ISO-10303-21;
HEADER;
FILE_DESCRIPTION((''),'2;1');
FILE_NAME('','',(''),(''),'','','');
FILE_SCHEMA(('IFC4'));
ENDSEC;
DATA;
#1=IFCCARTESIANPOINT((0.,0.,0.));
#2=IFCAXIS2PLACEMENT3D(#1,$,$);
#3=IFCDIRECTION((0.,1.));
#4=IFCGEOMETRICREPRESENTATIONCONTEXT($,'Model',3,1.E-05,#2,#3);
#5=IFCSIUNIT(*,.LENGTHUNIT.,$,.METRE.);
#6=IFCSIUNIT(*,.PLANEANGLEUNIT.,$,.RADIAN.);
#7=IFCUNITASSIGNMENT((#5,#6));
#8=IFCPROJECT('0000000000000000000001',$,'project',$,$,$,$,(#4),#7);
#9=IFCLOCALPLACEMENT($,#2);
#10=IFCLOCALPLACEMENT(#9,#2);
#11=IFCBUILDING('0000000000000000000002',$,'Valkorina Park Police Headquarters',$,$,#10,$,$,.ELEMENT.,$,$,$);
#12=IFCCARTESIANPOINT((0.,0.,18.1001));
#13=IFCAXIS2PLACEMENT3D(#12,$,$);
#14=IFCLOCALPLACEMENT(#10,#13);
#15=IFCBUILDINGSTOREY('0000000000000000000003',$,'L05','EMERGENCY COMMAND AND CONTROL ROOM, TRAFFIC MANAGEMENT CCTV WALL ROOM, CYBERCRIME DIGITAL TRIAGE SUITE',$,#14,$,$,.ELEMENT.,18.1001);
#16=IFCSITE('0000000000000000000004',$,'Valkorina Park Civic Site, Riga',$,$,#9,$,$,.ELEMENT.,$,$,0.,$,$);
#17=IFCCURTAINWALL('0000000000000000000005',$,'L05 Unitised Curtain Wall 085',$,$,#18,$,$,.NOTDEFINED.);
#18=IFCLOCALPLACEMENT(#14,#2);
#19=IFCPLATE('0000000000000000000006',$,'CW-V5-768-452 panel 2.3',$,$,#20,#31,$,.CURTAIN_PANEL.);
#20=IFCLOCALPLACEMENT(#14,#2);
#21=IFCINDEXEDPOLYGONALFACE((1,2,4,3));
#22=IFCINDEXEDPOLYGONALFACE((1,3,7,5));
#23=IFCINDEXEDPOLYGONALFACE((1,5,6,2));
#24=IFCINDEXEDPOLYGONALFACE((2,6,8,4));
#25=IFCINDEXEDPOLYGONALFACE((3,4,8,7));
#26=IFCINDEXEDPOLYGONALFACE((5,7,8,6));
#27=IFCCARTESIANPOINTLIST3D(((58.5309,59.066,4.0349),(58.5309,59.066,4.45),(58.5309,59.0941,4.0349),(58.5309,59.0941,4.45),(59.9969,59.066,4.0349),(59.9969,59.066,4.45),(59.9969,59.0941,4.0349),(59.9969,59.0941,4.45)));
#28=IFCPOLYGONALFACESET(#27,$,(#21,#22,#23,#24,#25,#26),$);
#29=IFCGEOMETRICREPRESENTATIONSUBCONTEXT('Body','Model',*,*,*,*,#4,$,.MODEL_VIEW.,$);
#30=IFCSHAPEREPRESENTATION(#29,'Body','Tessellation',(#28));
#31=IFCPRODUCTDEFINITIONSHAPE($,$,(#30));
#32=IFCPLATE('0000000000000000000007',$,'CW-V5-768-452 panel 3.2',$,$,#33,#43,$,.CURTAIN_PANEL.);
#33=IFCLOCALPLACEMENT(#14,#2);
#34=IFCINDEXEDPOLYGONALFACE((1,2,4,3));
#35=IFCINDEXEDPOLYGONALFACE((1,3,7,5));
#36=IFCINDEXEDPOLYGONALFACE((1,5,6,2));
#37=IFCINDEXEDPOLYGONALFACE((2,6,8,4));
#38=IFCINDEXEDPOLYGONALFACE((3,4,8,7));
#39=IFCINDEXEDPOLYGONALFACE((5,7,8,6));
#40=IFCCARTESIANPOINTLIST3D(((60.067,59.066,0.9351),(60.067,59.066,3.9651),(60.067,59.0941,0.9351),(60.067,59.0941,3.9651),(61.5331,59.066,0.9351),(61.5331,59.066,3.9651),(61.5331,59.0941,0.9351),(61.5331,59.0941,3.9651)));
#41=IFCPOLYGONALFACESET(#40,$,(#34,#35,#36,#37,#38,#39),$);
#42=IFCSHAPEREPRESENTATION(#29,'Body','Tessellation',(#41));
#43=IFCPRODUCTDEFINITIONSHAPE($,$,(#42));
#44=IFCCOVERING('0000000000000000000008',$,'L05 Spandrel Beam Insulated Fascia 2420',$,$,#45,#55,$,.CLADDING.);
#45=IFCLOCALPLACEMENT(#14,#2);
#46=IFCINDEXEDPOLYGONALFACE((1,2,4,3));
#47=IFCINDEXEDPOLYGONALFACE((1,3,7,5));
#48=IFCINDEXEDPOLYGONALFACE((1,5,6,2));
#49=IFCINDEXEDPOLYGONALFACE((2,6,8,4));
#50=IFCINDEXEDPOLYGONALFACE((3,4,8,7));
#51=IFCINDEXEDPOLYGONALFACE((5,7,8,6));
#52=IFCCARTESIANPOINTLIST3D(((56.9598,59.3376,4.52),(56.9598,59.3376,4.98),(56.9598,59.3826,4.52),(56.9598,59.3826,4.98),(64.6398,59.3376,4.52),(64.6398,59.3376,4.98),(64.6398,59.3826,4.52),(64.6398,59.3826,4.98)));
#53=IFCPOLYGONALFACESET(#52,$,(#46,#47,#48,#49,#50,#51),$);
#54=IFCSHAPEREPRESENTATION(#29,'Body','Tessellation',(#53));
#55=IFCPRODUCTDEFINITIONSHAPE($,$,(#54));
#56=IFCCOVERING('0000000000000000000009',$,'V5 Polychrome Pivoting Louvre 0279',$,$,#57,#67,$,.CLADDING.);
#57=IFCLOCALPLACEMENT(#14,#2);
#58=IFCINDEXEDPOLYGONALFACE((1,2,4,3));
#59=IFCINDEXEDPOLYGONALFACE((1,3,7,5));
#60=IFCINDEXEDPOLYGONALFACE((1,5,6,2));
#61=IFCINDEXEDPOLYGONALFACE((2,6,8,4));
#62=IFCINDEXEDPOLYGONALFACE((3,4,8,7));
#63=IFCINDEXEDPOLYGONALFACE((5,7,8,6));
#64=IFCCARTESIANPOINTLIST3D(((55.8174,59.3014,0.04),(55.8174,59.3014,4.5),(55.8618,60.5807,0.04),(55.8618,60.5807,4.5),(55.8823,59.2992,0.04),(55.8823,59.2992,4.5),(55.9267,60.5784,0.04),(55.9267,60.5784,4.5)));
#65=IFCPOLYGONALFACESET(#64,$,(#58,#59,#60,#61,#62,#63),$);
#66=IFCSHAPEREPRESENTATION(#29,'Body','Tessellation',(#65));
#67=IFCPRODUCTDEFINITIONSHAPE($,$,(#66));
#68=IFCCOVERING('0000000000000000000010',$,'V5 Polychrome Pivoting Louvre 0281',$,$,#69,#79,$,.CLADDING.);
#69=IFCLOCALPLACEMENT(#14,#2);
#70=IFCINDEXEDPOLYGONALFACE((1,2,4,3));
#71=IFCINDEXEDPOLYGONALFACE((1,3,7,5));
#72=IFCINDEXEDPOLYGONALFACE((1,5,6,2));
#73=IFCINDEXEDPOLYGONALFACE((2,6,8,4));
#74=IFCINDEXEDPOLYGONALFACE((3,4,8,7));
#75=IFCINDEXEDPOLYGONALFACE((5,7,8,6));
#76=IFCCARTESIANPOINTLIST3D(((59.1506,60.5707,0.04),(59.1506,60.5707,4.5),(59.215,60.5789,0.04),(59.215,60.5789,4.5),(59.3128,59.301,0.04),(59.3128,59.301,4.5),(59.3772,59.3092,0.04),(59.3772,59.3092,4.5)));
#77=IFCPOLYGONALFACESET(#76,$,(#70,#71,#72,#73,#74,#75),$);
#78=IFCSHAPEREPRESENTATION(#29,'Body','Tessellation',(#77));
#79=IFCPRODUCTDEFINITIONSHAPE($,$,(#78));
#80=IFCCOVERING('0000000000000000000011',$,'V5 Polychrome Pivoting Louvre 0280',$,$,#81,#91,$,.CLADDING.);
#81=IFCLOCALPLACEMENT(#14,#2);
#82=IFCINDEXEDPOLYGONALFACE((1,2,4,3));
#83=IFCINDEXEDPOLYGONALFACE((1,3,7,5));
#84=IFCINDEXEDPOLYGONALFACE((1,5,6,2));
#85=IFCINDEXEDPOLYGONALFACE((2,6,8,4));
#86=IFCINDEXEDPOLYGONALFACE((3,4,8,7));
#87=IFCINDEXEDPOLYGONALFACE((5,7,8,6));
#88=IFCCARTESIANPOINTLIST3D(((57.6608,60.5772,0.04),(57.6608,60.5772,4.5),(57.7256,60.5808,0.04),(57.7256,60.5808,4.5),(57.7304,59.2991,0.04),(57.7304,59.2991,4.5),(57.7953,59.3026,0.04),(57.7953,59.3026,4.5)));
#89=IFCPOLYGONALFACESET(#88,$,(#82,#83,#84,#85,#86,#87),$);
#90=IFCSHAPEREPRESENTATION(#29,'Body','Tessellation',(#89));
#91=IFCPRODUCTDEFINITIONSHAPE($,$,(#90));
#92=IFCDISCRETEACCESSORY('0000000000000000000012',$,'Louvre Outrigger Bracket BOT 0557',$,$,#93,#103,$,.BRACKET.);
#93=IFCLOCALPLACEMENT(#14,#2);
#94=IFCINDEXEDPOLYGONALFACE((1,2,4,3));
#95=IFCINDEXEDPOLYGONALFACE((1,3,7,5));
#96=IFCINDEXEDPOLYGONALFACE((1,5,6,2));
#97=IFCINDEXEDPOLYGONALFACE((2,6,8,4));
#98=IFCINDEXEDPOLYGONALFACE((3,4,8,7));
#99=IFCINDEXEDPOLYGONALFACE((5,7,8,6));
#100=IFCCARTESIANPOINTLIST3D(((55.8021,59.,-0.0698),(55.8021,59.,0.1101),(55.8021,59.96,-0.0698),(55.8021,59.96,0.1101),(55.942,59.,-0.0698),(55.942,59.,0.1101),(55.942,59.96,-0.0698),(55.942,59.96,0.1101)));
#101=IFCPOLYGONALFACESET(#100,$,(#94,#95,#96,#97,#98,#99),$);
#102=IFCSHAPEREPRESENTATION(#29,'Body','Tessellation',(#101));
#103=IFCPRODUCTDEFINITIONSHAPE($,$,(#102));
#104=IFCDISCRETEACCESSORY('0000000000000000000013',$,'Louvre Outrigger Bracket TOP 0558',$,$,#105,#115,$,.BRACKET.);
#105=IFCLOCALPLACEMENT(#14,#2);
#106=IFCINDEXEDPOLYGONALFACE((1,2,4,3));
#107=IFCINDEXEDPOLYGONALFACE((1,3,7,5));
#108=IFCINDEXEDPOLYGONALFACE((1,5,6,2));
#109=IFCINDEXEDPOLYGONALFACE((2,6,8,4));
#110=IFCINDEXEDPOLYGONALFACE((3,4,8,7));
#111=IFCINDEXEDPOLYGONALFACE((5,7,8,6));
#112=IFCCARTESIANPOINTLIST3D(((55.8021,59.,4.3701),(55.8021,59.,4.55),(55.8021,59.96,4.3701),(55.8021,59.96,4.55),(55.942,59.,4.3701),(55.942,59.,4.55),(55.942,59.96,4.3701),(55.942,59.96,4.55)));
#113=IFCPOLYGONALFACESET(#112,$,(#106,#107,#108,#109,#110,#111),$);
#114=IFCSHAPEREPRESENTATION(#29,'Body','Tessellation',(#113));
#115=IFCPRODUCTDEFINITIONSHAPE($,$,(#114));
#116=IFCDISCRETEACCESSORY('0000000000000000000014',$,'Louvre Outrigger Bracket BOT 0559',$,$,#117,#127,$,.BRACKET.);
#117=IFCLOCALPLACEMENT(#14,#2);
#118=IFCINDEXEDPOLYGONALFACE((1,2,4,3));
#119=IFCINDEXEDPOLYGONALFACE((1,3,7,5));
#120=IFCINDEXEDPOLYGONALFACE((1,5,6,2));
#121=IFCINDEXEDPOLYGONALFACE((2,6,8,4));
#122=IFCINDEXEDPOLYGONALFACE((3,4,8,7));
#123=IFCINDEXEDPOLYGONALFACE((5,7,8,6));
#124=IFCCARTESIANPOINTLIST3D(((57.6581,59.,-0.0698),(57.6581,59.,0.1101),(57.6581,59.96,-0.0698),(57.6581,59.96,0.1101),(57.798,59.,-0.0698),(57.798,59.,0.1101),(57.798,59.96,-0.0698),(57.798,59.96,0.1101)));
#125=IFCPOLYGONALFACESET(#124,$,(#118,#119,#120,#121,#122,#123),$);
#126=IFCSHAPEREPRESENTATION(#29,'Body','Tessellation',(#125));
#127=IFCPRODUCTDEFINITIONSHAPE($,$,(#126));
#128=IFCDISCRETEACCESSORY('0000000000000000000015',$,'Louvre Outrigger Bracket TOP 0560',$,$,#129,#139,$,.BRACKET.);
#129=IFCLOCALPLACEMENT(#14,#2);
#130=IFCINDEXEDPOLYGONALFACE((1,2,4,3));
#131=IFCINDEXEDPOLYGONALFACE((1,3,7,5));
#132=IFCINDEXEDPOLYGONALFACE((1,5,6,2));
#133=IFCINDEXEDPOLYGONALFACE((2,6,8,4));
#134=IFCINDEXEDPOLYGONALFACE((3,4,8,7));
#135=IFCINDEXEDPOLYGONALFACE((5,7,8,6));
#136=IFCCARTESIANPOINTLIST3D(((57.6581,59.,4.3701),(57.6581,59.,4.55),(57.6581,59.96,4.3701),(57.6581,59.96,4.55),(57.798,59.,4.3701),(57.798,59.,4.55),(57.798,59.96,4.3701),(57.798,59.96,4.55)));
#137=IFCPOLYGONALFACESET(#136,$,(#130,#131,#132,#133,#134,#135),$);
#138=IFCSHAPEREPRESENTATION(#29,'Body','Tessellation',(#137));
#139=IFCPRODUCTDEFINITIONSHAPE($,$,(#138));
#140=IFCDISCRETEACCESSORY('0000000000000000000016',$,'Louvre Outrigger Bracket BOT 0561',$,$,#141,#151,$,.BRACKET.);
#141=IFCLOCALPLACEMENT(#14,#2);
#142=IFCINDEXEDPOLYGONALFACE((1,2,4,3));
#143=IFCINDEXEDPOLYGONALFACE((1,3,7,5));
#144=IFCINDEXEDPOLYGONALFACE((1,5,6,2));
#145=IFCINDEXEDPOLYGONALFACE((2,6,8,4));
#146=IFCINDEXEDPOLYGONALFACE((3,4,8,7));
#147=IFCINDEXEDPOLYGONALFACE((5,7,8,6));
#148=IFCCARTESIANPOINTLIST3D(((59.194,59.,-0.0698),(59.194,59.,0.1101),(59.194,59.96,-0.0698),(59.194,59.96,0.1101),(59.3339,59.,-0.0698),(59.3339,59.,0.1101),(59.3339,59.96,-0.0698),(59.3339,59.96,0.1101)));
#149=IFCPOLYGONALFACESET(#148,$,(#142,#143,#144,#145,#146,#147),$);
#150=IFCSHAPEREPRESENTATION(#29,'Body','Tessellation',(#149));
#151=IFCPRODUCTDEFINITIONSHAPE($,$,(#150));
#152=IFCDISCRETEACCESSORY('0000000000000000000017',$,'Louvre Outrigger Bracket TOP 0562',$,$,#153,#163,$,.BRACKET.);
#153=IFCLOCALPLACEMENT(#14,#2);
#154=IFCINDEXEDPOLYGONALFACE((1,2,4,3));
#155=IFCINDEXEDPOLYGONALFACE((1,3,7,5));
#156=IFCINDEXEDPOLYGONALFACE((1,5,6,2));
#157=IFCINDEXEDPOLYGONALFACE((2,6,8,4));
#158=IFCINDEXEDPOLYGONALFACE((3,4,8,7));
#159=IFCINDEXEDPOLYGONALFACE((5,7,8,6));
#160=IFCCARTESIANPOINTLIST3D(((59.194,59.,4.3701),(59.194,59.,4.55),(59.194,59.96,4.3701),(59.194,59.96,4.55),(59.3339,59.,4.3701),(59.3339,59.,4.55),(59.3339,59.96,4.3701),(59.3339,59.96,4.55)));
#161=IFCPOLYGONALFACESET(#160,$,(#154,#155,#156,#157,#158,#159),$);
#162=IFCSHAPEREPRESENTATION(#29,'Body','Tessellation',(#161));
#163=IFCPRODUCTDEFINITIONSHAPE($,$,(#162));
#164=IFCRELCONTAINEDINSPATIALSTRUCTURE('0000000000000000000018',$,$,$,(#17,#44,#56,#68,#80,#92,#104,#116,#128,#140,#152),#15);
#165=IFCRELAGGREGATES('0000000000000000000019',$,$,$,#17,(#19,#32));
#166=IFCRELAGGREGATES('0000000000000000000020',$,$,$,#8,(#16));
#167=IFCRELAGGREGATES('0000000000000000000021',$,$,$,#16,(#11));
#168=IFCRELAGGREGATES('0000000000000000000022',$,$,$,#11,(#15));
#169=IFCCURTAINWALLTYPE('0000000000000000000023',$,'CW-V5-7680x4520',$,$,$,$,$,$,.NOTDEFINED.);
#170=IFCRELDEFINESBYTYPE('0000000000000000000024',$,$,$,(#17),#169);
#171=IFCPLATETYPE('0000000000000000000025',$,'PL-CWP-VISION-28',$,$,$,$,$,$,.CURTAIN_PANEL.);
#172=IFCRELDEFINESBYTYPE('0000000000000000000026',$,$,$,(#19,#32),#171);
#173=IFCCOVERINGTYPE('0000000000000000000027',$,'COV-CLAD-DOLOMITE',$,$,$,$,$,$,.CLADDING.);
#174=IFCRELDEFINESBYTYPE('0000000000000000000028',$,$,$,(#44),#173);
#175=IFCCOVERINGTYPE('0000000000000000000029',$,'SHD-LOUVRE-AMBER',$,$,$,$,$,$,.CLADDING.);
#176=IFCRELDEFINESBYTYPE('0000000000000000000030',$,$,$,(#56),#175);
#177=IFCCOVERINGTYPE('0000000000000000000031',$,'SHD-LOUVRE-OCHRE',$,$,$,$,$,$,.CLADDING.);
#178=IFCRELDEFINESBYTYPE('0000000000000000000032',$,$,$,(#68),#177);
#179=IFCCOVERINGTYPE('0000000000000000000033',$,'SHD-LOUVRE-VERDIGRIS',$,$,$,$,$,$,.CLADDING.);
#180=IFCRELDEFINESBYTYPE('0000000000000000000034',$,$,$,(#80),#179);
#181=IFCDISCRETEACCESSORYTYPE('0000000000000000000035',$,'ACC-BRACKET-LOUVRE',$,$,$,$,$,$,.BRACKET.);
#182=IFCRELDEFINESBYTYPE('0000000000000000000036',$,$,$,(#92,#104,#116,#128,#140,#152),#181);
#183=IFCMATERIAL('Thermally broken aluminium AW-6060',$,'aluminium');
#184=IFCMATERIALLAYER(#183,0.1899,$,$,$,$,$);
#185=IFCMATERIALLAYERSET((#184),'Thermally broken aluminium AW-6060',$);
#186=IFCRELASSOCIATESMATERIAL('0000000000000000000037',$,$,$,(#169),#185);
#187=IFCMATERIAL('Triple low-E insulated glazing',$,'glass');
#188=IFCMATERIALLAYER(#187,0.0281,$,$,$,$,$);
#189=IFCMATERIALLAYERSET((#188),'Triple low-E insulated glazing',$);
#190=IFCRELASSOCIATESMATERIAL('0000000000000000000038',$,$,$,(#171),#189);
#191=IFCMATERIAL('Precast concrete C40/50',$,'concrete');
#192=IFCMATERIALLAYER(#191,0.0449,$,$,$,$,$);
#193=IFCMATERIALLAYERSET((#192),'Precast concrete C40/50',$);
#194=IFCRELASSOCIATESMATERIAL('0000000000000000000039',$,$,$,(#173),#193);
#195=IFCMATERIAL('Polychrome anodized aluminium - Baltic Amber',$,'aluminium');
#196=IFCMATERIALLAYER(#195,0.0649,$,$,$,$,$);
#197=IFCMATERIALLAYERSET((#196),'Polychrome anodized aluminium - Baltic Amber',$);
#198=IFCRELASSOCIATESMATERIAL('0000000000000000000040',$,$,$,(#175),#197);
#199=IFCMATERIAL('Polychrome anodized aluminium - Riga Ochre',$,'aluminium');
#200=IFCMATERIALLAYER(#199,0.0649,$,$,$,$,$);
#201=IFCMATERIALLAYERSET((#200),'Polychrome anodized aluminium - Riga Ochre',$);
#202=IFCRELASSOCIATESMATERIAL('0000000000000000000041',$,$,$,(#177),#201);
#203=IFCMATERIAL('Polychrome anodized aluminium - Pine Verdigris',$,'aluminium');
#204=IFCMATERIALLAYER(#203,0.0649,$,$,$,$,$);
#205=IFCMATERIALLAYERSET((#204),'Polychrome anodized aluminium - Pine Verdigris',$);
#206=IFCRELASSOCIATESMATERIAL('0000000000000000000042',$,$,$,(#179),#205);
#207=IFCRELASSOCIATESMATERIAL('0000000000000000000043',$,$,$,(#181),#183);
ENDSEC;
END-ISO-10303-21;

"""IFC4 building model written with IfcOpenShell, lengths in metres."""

from ifc_helpers import new_model, si_unit, direction, frame, frame_2d, origin, origin_2d, place, context, subcontext, project, spatial, rectangle, extrude, material, layer, layer_set, type_object, element, aggregate, save


model = new_model("IFC4")

# Units and contexts
model_context = context("Model", 3, precision=1e-05, world=origin(), true_north=direction((0.0, 1.0)))
body_context = subcontext(model_context, "Body", "Model", "MODEL_VIEW")
ifc_project = project(units=[si_unit("LENGTHUNIT", "METRE"), si_unit("PLANEANGLEUNIT", "RADIAN")], contexts=[model_context])

# Site, building, storey
site_placement = place(None, origin())
site = spatial("IfcSite", under=ifc_project, at=site_placement, Name="Valkorina Park Civic Site, Riga", CompositionType="ELEMENT", RefElevation=0.0)
building_placement = place(site_placement, origin())
building = spatial("IfcBuilding", under=site, at=building_placement, Name="Valkorina Park Police Headquarters", CompositionType="ELEMENT")
storey_placement = place(building_placement, frame((0.0, 0.0, 18.1001)))
storey = spatial("IfcBuildingStorey", under=building, at=storey_placement, Name="L05", Description="EMERGENCY COMMAND AND CONTROL ROOM, TRAFFIC MANAGEMENT CCTV WALL ROOM, CYBERCRIME DIGITAL TRIAGE SUITE", CompositionType="ELEMENT", Elevation=18.1001)

# Curtain wall, plates
ifc_material_1 = material(Name="Thermally broken aluminium AW-6060", Category="aluminium")
ifc_layer_1 = layer(ifc_material_1, 0.1899)
ifc_layer_set_1 = layer_set([ifc_layer_1], Name="Thermally broken aluminium AW-6060")
curtain_wall_type = type_object("IfcCurtainWallType", Name="CW-V5-7680x4520", PredefinedType="NOTDEFINED", material=ifc_layer_set_1)
curtain_wall_placement = place(storey_placement, origin())
curtain_wall = element("IfcCurtainWall", 1, at=curtain_wall_placement, inside=storey, type_object=curtain_wall_type, Name="L05 Unitised Curtain Wall 085", PredefinedType="NOTDEFINED")
ifc_material_2 = material(Name="Triple low-E insulated glazing", Category="glass")
ifc_layer_2 = layer(ifc_material_2, 0.0281)
ifc_layer_set_2 = layer_set([ifc_layer_2], Name="Triple low-E insulated glazing")
plate_type_1 = type_object("IfcPlateType", Name="PL-CWP-VISION-28", PredefinedType="CURTAIN_PANEL", material=ifc_layer_set_2)
plate_1_placement = place(storey_placement, frame((59.2639, 59.0801, 4.0349), z_axis=(0.0, 0.0, 1.0), x_axis=(1.0, 0.0, 0.0)))
plate_1 = element("IfcPlate", 2, at=plate_1_placement, type_object=plate_type_1, Name="CW-V5-768-452 panel 2.3", PredefinedType="CURTAIN_PANEL", context=body_context, shape_type="SweptSolid", body=[
    extrude(rectangle(XDim=1.4661, YDim=0.0281, at=origin_2d()), origin(), (0.0, 0.0, 1.0), 0.415),
])
plate_2_placement = place(storey_placement, frame((60.8, 59.0801, 0.9351), z_axis=(0.0, 0.0, 1.0), x_axis=(1.0, 0.0, 0.0)))
plate_2 = element("IfcPlate", 3, at=plate_2_placement, type_object=plate_type_1, Name="CW-V5-768-452 panel 3.2", PredefinedType="CURTAIN_PANEL", context=body_context, shape_type="SweptSolid", body=[
    extrude(rectangle(XDim=1.4661, YDim=0.0281, at=origin_2d()), origin(), (0.0, 0.0, 1.0), 3.03),
])
aggregate(curtain_wall, [plate_1, plate_2])

# Coverings
ifc_material_3 = material(Name="Precast concrete C40/50", Category="concrete")
ifc_layer_3 = layer(ifc_material_3, 0.0449)
ifc_layer_set_3 = layer_set([ifc_layer_3], Name="Precast concrete C40/50")
covering_type_1 = type_object("IfcCoveringType", Name="COV-CLAD-DOLOMITE", PredefinedType="CLADDING", material=ifc_layer_set_3)
covering_1_placement = place(storey_placement, frame((56.96, 59.3601, 4.52), z_axis=(0.0, 0.0, 1.0), x_axis=(1.0, 0.0, 0.0)))
element("IfcCovering", 4, at=covering_1_placement, inside=storey, type_object=covering_type_1, Name="L05 Spandrel Beam Insulated Fascia 2420", PredefinedType="CLADDING", context=body_context, shape_type="SweptSolid", body=[
    extrude(rectangle(XDim=7.6799, YDim=0.0449, at=frame_2d((3.8398, 0.0))), origin(), (0.0, 0.0, 1.0), 0.46),
])
ifc_material_4 = material(Name="Polychrome anodized aluminium - Baltic Amber", Category="aluminium")
ifc_layer_4 = layer(ifc_material_4, 0.0649)
ifc_layer_set_4 = layer_set([ifc_layer_4], Name="Polychrome anodized aluminium - Baltic Amber")
covering_type_2 = type_object("IfcCoveringType", Name="SHD-LOUVRE-AMBER", PredefinedType="CLADDING", material=ifc_layer_set_4)
covering_2_placement = place(storey_placement, frame((55.8721, 59.9399, 0.04), z_axis=(0.0, 0.0, 1.0), x_axis=(0.034725, 0.999397, 0.0)))
element("IfcCovering", 5, at=covering_2_placement, inside=storey, type_object=covering_type_2, Name="V5 Polychrome Pivoting Louvre 0279", PredefinedType="CLADDING", context=body_context, shape_type="SweptSolid", body=[
    extrude(rectangle(XDim=1.28, YDim=0.0649, at=origin_2d()), origin(), (0.0, 0.0, 1.0), 4.46),
])
ifc_material_5 = material(Name="Polychrome anodized aluminium - Riga Ochre", Category="aluminium")
ifc_layer_5 = layer(ifc_material_5, 0.0649)
ifc_layer_set_5 = layer_set([ifc_layer_5], Name="Polychrome anodized aluminium - Riga Ochre")
covering_type_3 = type_object("IfcCoveringType", Name="SHD-LOUVRE-OCHRE", PredefinedType="CLADDING", material=ifc_layer_set_5)
covering_3_placement = place(storey_placement, frame((59.2639, 59.9399, 0.04), z_axis=(0.0, 0.0, 1.0), x_axis=(-0.126718, 0.991939, 0.0)))
element("IfcCovering", 6, at=covering_3_placement, inside=storey, type_object=covering_type_3, Name="V5 Polychrome Pivoting Louvre 0281", PredefinedType="CLADDING", context=body_context, shape_type="SweptSolid", body=[
    extrude(rectangle(XDim=1.28, YDim=0.0649, at=origin_2d()), origin(), (0.0, 0.0, 1.0), 4.46),
])
ifc_material_6 = material(Name="Polychrome anodized aluminium - Pine Verdigris", Category="aluminium")
ifc_layer_6 = layer(ifc_material_6, 0.0649)
ifc_layer_set_6 = layer_set([ifc_layer_6], Name="Polychrome anodized aluminium - Pine Verdigris")
covering_type_4 = type_object("IfcCoveringType", Name="SHD-LOUVRE-VERDIGRIS", PredefinedType="CLADDING", material=ifc_layer_set_6)
covering_4_placement = place(storey_placement, frame((57.728, 59.9399, 0.04), z_axis=(0.0, 0.0, 1.0), x_axis=(-0.054427, 0.998518, 0.0)))
element("IfcCovering", 7, at=covering_4_placement, inside=storey, type_object=covering_type_4, Name="V5 Polychrome Pivoting Louvre 0280", PredefinedType="CLADDING", context=body_context, shape_type="SweptSolid", body=[
    extrude(rectangle(XDim=1.28, YDim=0.0649, at=origin_2d()), origin(), (0.0, 0.0, 1.0), 4.46),
])

# Discrete accessories
discrete_accessory_type = type_object("IfcDiscreteAccessoryType", Name="ACC-BRACKET-LOUVRE", PredefinedType="BRACKET", material=ifc_material_1)
for number, where, z_axis, x_axis, name in (
    (8, (55.8721, 59.48, -0.0698), (0.0, 0.0, 1.0), (0.0, 1.0, 0.0), "Louvre Outrigger Bracket BOT 0557"),
    (9, (55.8721, 59.48, 4.3701), (0.0, 0.0, 1.0), (0.0, 1.0, 0.0), "Louvre Outrigger Bracket TOP 0558"),
    (10, (57.728, 59.48, -0.0698), (0.0, 0.0, 1.0), (0.0, 1.0, 0.0), "Louvre Outrigger Bracket BOT 0559"),
    (11, (57.728, 59.48, 4.3701), (0.0, 0.0, 1.0), (0.0, 1.0, 0.0), "Louvre Outrigger Bracket TOP 0560"),
    (12, (59.2639, 59.48, -0.0698), (0.0, 0.0, 1.0), (0.0, 1.0, 0.0), "Louvre Outrigger Bracket BOT 0561"),
    (13, (59.2639, 59.48, 4.3701), (0.0, 0.0, 1.0), (0.0, 1.0, 0.0), "Louvre Outrigger Bracket TOP 0562"),
):
    element("IfcDiscreteAccessory", number, at=place(storey_placement, frame(where, z_axis=z_axis, x_axis=x_axis)), inside=storey, type_object=discrete_accessory_type, Name=name, PredefinedType="BRACKET", context=body_context, shape_type="SweptSolid", body=[
        extrude(rectangle(XDim=0.96, YDim=0.1399, at=origin_2d()), origin(), (0.0, 0.0, 1.0), 0.1799),
    ])

save(model, "model.ifc")
